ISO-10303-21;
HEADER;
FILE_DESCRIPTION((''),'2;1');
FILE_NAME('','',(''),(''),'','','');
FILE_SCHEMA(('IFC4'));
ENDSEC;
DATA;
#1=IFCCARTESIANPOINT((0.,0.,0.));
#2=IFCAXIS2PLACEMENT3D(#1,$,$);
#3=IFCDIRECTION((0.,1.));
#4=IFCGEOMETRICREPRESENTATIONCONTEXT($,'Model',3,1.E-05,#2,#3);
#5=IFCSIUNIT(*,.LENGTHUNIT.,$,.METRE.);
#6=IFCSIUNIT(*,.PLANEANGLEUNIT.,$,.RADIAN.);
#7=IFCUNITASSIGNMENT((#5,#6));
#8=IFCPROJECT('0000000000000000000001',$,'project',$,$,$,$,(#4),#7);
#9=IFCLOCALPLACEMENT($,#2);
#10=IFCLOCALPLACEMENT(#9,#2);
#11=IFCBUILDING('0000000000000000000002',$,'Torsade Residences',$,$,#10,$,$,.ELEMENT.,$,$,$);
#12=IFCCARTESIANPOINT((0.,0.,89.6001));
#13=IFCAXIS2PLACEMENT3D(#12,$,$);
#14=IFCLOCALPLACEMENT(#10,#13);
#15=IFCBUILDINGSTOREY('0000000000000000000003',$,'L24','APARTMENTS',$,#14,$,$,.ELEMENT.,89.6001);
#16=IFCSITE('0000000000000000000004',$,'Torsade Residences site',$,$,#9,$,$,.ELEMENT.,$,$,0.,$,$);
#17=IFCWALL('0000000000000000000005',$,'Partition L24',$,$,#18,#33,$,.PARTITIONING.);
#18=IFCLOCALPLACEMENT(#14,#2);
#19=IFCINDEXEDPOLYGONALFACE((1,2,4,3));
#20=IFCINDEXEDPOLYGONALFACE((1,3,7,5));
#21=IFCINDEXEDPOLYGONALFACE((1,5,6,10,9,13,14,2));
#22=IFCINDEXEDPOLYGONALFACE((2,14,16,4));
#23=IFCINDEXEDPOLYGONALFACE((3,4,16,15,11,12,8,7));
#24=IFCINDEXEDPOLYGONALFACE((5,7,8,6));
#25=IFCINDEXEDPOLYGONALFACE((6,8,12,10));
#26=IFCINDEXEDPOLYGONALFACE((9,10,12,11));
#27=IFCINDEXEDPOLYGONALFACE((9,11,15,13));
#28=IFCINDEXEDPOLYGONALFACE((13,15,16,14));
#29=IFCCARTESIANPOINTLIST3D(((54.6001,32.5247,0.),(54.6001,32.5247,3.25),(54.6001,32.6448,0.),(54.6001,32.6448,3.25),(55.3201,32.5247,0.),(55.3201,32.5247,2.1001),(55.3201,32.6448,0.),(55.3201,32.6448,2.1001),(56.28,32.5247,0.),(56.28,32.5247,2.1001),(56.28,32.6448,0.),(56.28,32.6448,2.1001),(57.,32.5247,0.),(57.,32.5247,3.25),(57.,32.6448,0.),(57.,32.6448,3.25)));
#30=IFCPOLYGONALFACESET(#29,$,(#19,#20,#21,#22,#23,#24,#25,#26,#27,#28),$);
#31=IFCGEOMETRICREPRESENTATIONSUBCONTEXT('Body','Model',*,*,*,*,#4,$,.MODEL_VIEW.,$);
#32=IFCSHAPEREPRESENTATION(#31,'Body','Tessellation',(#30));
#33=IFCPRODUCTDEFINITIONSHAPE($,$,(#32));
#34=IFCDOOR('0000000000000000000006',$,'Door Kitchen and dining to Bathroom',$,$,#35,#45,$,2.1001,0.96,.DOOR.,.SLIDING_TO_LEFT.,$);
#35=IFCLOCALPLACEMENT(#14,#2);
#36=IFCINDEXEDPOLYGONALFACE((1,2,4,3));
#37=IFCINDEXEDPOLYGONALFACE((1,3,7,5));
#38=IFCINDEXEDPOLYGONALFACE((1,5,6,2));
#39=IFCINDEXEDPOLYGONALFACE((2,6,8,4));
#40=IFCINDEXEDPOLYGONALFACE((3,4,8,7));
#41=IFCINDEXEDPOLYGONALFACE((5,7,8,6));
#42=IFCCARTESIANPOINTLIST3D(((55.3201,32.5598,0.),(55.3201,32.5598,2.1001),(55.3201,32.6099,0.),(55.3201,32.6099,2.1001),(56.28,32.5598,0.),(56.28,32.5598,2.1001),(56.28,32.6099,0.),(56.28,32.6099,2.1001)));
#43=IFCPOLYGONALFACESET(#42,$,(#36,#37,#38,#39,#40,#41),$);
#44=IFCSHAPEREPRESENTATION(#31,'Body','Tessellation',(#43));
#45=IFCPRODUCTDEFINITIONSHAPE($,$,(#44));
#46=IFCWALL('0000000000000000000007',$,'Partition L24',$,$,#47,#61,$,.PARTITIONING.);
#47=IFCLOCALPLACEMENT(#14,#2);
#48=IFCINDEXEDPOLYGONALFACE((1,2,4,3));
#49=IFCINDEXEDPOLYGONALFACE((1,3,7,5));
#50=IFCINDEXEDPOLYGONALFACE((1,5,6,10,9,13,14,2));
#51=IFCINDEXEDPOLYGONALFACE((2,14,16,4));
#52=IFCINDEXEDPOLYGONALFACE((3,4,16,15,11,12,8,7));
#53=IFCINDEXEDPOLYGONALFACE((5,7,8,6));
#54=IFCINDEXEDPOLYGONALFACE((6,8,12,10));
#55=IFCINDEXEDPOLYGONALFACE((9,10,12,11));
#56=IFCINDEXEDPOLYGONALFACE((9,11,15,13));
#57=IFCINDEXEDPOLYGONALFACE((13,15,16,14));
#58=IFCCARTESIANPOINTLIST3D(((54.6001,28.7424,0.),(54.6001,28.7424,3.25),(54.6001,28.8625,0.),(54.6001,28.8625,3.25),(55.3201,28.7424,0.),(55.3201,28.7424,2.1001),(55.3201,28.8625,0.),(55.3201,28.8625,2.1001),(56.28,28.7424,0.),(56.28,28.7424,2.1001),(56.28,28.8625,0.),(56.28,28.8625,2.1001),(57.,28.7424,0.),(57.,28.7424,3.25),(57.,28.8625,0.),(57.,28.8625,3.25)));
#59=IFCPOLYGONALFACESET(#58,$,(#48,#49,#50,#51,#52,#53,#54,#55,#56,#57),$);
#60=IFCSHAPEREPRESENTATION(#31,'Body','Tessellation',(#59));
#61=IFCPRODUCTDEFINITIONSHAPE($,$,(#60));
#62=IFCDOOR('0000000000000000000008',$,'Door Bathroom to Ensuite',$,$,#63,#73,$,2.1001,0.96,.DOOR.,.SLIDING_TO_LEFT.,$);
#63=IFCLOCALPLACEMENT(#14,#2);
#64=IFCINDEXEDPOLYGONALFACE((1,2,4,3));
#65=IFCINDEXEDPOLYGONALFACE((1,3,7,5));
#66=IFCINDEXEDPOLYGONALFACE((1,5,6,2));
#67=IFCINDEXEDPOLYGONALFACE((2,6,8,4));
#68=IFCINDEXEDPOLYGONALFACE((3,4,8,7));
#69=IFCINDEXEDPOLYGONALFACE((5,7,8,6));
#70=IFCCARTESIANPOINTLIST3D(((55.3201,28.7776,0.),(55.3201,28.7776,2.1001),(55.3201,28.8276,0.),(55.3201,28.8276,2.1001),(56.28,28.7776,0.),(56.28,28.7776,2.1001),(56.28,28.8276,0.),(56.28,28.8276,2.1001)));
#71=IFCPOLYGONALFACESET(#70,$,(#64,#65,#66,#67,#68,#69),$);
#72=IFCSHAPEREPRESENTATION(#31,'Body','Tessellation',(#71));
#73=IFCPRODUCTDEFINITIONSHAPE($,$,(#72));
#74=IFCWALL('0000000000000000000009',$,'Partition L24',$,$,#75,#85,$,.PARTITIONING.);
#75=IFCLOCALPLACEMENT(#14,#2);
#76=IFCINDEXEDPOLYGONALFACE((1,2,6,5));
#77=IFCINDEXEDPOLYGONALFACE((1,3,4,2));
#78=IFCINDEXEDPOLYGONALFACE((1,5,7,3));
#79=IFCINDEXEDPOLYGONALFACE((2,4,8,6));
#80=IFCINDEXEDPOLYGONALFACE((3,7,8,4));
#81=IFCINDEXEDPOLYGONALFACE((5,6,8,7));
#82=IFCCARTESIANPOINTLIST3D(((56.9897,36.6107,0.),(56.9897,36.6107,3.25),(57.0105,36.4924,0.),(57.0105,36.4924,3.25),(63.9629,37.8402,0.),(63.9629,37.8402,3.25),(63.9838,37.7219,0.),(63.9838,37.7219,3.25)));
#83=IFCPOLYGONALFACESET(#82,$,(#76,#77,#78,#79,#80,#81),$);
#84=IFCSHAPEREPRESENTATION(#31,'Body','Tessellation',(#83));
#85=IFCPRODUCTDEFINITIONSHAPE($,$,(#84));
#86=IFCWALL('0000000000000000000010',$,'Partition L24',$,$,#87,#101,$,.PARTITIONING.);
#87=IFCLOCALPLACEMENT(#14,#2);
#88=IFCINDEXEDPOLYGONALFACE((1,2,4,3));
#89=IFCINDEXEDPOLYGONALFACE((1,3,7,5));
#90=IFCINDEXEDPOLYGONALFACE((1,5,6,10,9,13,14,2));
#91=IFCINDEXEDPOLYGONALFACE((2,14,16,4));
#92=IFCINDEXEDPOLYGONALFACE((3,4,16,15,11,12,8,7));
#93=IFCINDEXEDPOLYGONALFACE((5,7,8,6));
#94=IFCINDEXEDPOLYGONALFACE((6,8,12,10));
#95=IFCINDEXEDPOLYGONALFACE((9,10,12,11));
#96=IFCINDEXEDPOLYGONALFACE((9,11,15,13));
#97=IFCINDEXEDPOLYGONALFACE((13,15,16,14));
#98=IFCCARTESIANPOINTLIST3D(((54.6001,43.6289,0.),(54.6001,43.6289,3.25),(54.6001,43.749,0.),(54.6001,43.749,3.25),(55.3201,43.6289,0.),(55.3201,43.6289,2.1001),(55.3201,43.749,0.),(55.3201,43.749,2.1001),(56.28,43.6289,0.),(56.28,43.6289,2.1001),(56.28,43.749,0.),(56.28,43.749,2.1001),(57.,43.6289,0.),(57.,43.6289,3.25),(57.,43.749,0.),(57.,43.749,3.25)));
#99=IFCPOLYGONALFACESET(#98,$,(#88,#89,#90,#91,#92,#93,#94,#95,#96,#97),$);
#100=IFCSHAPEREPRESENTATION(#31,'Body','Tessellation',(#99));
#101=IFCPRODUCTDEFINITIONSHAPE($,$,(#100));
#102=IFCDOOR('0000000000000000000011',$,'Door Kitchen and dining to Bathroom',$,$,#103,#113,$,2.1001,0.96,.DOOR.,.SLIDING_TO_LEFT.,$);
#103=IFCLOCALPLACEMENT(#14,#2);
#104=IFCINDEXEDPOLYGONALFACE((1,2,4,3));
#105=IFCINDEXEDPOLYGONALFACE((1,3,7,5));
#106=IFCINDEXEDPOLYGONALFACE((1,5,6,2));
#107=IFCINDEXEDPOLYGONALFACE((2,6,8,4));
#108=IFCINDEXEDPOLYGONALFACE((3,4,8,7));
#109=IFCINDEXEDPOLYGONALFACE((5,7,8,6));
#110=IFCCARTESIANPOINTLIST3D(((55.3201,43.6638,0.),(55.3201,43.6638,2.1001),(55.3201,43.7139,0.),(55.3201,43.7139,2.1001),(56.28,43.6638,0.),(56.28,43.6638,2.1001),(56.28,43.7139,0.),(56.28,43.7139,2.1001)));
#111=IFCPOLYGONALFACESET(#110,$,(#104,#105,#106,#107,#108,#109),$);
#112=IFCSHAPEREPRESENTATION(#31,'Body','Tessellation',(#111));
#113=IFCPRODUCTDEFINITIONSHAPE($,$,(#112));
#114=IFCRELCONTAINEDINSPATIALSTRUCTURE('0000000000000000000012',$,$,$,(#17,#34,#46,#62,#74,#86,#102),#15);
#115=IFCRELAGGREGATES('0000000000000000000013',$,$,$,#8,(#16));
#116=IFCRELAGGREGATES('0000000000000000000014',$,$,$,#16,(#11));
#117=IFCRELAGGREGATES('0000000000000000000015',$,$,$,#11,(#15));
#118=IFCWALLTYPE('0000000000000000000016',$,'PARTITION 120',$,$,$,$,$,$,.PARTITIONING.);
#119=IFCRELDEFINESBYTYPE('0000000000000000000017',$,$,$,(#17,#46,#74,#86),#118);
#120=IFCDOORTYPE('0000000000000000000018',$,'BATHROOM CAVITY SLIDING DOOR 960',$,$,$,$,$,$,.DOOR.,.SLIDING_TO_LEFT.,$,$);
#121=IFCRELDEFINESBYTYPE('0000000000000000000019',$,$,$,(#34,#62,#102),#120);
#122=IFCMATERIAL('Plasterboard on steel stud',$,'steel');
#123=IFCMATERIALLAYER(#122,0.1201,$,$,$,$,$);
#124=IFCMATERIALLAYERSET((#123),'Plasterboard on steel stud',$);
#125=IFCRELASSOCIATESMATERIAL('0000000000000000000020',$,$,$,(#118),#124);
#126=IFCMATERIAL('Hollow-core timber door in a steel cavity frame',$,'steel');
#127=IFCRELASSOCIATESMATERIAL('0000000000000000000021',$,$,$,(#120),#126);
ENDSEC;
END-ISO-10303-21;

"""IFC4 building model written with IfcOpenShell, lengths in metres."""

from ifc_helpers import new_model, si_unit, direction, frame, frame_2d, origin, place, context, subcontext, project, spatial, rectangle, extrude, material, layer, layer_set, type_object, element, fill, save


model = new_model("IFC4")

# Units and contexts
model_context = context("Model", 3, precision=1e-05, world=origin(), true_north=direction((0.0, 1.0)))
body_context = subcontext(model_context, "Body", "Model", "MODEL_VIEW")
ifc_project = project(units=[si_unit("LENGTHUNIT", "METRE"), si_unit("PLANEANGLEUNIT", "RADIAN")], contexts=[model_context])

# Site, building, storey
site_placement = place(None, origin())
site = spatial("IfcSite", under=ifc_project, at=site_placement, Name="Torsade Residences site", CompositionType="ELEMENT", RefElevation=0.0)
building_placement = place(site_placement, origin())
building = spatial("IfcBuilding", under=site, at=building_placement, Name="Torsade Residences", CompositionType="ELEMENT")
storey_placement = place(building_placement, frame((0.0, 0.0, 89.6001)))
storey = spatial("IfcBuildingStorey", under=building, at=storey_placement, Name="L24", Description="APARTMENTS", CompositionType="ELEMENT", Elevation=89.6001)

# Walls, openings, doors
ifc_material_1 = material(Name="Plasterboard on steel stud", Category="steel")
ifc_layer_1 = layer(ifc_material_1, 0.1201)
ifc_layer_set_1 = layer_set([ifc_layer_1], Name="Plasterboard on steel stud")
wall_type_1 = type_object("IfcWallType", Name="PARTITION 120", PredefinedType="PARTITIONING", material=ifc_layer_set_1)
wall_1_placement = place(storey_placement, frame((57.0, 32.5847, 0.0), z_axis=(0.0, 0.0, 1.0), x_axis=(-1.0, 0.0, 0.0)))
wall_1 = element("IfcWall", 1, at=wall_1_placement, inside=storey, type_object=wall_type_1, Name="Partition L24", PredefinedType="PARTITIONING", context=body_context, shape_type="SweptSolid", body=[
    extrude(rectangle(XDim=2.3999, YDim=0.1201, at=frame_2d((1.2, 0.0))), origin(), (0.0, 0.0, 1.0), 3.25),
])
opening_1_placement = place(wall_1_placement, frame((0.72, 0.0, 0.0)))
opening_1 = element("IfcOpeningElement", 2, at=opening_1_placement, cuts=wall_1, PredefinedType="OPENING", context=body_context, shape_type="SweptSolid", body=[
    extrude(rectangle(XDim=0.96, YDim=2.1001, at=frame_2d((0.48, 1.05))), frame((0.0, 0.0701, 0.0), z_axis=(0.0, -1.0, 0.0), x_axis=(1.0, 0.0, 0.0)), (0.0, 0.0, 1.0), 0.1401),
])
ifc_material_2 = material(Name="Hollow-core timber door in a steel cavity frame", Category="steel")
door_type_1 = type_object("IfcDoorType", Name="BATHROOM CAVITY SLIDING DOOR 960", OperationType="SLIDING_TO_LEFT", PredefinedType="DOOR", material=ifc_material_2)
door_1_placement = place(opening_1_placement, origin())
door_1 = element("IfcDoor", 3, at=door_1_placement, inside=storey, type_object=door_type_1, Name="Door Kitchen and dining to Bathroom", OperationType="SLIDING_TO_LEFT", OverallHeight=2.1001, OverallWidth=0.96, PredefinedType="DOOR", context=body_context, shape_type="SweptSolid", body=[
    extrude(rectangle(XDim=0.96, YDim=2.1001, at=frame_2d((0.48, 1.05))), frame((0.0, 0.0249, 0.0), z_axis=(0.0, -1.0, 0.0), x_axis=(1.0, 0.0, 0.0)), (0.0, 0.0, 1.0), 0.05),
])
fill(opening_1, door_1)
wall_2_placement = place(storey_placement, frame((57.0, 28.8025, 0.0), z_axis=(0.0, 0.0, 1.0), x_axis=(-1.0, 0.0, 0.0)))
wall_2 = element("IfcWall", 4, at=wall_2_placement, inside=storey, type_object=wall_type_1, Name="Partition L24", PredefinedType="PARTITIONING", context=body_context, shape_type="SweptSolid", body=[
    extrude(rectangle(XDim=2.3999, YDim=0.1201, at=frame_2d((1.2, 0.0))), origin(), (0.0, 0.0, 1.0), 3.25),
])
opening_2_placement = place(wall_2_placement, frame((0.72, 0.0, 0.0)))
opening_2 = element("IfcOpeningElement", 5, at=opening_2_placement, cuts=wall_2, PredefinedType="OPENING", context=body_context, shape_type="SweptSolid", body=[
    extrude(rectangle(XDim=0.96, YDim=2.1001, at=frame_2d((0.48, 1.05))), frame((0.0, 0.0701, 0.0), z_axis=(0.0, -1.0, 0.0), x_axis=(1.0, 0.0, 0.0)), (0.0, 0.0, 1.0), 0.1401),
])
door_2_placement = place(opening_2_placement, origin())
door_2 = element("IfcDoor", 6, at=door_2_placement, inside=storey, type_object=door_type_1, Name="Door Bathroom to Ensuite", OperationType="SLIDING_TO_LEFT", OverallHeight=2.1001, OverallWidth=0.96, PredefinedType="DOOR", context=body_context, shape_type="SweptSolid", body=[
    extrude(rectangle(XDim=0.96, YDim=2.1001, at=frame_2d((0.48, 1.05))), frame((0.0, 0.0249, 0.0), z_axis=(0.0, -1.0, 0.0), x_axis=(1.0, 0.0, 0.0)), (0.0, 0.0, 1.0), 0.05),
])
fill(opening_2, door_2)

# Wall
wall_3_placement = place(storey_placement, frame((57.0, 36.5515, 0.0), z_axis=(0.0, 0.0, 1.0), x_axis=(0.984809, 0.17364, 0.0)))
element("IfcWall", 7, at=wall_3_placement, inside=storey, type_object=wall_type_1, Name="Partition L24", PredefinedType="PARTITIONING", context=body_context, shape_type="SweptSolid", body=[
    extrude(rectangle(XDim=7.0808, YDim=0.1201, at=frame_2d((3.5405, 0.0))), origin(), (0.0, 0.0, 1.0), 3.25),
])

# Wall, opening, door
wall_4_placement = place(storey_placement, frame((54.6001, 43.689, 0.0), z_axis=(0.0, 0.0, 1.0), x_axis=(1.0, 0.0, 0.0)))
wall_4 = element("IfcWall", 8, at=wall_4_placement, inside=storey, type_object=wall_type_1, Name="Partition L24", PredefinedType="PARTITIONING", context=body_context, shape_type="SweptSolid", body=[
    extrude(rectangle(XDim=2.3999, YDim=0.1201, at=frame_2d((1.2, 0.0))), origin(), (0.0, 0.0, 1.0), 3.25),
])
opening_3_placement = place(wall_4_placement, frame((0.72, 0.0, 0.0)))
opening_3 = element("IfcOpeningElement", 9, at=opening_3_placement, cuts=wall_4, PredefinedType="OPENING", context=body_context, shape_type="SweptSolid", body=[
    extrude(rectangle(XDim=0.96, YDim=2.1001, at=frame_2d((0.48, 1.05))), frame((0.0, 0.0701, 0.0), z_axis=(0.0, -1.0, 0.0), x_axis=(1.0, 0.0, 0.0)), (0.0, 0.0, 1.0), 0.1401),
])
door_3_placement = place(opening_3_placement, origin())
door_3 = element("IfcDoor", 10, at=door_3_placement, inside=storey, type_object=door_type_1, Name="Door Kitchen and dining to Bathroom", OperationType="SLIDING_TO_LEFT", OverallHeight=2.1001, OverallWidth=0.96, PredefinedType="DOOR", context=body_context, shape_type="SweptSolid", body=[
    extrude(rectangle(XDim=0.96, YDim=2.1001, at=frame_2d((0.48, 1.05))), frame((0.0, 0.0249, 0.0), z_axis=(0.0, -1.0, 0.0), x_axis=(1.0, 0.0, 0.0)), (0.0, 0.0, 1.0), 0.05),
])
fill(opening_3, door_3)

save(model, "model.ifc")
